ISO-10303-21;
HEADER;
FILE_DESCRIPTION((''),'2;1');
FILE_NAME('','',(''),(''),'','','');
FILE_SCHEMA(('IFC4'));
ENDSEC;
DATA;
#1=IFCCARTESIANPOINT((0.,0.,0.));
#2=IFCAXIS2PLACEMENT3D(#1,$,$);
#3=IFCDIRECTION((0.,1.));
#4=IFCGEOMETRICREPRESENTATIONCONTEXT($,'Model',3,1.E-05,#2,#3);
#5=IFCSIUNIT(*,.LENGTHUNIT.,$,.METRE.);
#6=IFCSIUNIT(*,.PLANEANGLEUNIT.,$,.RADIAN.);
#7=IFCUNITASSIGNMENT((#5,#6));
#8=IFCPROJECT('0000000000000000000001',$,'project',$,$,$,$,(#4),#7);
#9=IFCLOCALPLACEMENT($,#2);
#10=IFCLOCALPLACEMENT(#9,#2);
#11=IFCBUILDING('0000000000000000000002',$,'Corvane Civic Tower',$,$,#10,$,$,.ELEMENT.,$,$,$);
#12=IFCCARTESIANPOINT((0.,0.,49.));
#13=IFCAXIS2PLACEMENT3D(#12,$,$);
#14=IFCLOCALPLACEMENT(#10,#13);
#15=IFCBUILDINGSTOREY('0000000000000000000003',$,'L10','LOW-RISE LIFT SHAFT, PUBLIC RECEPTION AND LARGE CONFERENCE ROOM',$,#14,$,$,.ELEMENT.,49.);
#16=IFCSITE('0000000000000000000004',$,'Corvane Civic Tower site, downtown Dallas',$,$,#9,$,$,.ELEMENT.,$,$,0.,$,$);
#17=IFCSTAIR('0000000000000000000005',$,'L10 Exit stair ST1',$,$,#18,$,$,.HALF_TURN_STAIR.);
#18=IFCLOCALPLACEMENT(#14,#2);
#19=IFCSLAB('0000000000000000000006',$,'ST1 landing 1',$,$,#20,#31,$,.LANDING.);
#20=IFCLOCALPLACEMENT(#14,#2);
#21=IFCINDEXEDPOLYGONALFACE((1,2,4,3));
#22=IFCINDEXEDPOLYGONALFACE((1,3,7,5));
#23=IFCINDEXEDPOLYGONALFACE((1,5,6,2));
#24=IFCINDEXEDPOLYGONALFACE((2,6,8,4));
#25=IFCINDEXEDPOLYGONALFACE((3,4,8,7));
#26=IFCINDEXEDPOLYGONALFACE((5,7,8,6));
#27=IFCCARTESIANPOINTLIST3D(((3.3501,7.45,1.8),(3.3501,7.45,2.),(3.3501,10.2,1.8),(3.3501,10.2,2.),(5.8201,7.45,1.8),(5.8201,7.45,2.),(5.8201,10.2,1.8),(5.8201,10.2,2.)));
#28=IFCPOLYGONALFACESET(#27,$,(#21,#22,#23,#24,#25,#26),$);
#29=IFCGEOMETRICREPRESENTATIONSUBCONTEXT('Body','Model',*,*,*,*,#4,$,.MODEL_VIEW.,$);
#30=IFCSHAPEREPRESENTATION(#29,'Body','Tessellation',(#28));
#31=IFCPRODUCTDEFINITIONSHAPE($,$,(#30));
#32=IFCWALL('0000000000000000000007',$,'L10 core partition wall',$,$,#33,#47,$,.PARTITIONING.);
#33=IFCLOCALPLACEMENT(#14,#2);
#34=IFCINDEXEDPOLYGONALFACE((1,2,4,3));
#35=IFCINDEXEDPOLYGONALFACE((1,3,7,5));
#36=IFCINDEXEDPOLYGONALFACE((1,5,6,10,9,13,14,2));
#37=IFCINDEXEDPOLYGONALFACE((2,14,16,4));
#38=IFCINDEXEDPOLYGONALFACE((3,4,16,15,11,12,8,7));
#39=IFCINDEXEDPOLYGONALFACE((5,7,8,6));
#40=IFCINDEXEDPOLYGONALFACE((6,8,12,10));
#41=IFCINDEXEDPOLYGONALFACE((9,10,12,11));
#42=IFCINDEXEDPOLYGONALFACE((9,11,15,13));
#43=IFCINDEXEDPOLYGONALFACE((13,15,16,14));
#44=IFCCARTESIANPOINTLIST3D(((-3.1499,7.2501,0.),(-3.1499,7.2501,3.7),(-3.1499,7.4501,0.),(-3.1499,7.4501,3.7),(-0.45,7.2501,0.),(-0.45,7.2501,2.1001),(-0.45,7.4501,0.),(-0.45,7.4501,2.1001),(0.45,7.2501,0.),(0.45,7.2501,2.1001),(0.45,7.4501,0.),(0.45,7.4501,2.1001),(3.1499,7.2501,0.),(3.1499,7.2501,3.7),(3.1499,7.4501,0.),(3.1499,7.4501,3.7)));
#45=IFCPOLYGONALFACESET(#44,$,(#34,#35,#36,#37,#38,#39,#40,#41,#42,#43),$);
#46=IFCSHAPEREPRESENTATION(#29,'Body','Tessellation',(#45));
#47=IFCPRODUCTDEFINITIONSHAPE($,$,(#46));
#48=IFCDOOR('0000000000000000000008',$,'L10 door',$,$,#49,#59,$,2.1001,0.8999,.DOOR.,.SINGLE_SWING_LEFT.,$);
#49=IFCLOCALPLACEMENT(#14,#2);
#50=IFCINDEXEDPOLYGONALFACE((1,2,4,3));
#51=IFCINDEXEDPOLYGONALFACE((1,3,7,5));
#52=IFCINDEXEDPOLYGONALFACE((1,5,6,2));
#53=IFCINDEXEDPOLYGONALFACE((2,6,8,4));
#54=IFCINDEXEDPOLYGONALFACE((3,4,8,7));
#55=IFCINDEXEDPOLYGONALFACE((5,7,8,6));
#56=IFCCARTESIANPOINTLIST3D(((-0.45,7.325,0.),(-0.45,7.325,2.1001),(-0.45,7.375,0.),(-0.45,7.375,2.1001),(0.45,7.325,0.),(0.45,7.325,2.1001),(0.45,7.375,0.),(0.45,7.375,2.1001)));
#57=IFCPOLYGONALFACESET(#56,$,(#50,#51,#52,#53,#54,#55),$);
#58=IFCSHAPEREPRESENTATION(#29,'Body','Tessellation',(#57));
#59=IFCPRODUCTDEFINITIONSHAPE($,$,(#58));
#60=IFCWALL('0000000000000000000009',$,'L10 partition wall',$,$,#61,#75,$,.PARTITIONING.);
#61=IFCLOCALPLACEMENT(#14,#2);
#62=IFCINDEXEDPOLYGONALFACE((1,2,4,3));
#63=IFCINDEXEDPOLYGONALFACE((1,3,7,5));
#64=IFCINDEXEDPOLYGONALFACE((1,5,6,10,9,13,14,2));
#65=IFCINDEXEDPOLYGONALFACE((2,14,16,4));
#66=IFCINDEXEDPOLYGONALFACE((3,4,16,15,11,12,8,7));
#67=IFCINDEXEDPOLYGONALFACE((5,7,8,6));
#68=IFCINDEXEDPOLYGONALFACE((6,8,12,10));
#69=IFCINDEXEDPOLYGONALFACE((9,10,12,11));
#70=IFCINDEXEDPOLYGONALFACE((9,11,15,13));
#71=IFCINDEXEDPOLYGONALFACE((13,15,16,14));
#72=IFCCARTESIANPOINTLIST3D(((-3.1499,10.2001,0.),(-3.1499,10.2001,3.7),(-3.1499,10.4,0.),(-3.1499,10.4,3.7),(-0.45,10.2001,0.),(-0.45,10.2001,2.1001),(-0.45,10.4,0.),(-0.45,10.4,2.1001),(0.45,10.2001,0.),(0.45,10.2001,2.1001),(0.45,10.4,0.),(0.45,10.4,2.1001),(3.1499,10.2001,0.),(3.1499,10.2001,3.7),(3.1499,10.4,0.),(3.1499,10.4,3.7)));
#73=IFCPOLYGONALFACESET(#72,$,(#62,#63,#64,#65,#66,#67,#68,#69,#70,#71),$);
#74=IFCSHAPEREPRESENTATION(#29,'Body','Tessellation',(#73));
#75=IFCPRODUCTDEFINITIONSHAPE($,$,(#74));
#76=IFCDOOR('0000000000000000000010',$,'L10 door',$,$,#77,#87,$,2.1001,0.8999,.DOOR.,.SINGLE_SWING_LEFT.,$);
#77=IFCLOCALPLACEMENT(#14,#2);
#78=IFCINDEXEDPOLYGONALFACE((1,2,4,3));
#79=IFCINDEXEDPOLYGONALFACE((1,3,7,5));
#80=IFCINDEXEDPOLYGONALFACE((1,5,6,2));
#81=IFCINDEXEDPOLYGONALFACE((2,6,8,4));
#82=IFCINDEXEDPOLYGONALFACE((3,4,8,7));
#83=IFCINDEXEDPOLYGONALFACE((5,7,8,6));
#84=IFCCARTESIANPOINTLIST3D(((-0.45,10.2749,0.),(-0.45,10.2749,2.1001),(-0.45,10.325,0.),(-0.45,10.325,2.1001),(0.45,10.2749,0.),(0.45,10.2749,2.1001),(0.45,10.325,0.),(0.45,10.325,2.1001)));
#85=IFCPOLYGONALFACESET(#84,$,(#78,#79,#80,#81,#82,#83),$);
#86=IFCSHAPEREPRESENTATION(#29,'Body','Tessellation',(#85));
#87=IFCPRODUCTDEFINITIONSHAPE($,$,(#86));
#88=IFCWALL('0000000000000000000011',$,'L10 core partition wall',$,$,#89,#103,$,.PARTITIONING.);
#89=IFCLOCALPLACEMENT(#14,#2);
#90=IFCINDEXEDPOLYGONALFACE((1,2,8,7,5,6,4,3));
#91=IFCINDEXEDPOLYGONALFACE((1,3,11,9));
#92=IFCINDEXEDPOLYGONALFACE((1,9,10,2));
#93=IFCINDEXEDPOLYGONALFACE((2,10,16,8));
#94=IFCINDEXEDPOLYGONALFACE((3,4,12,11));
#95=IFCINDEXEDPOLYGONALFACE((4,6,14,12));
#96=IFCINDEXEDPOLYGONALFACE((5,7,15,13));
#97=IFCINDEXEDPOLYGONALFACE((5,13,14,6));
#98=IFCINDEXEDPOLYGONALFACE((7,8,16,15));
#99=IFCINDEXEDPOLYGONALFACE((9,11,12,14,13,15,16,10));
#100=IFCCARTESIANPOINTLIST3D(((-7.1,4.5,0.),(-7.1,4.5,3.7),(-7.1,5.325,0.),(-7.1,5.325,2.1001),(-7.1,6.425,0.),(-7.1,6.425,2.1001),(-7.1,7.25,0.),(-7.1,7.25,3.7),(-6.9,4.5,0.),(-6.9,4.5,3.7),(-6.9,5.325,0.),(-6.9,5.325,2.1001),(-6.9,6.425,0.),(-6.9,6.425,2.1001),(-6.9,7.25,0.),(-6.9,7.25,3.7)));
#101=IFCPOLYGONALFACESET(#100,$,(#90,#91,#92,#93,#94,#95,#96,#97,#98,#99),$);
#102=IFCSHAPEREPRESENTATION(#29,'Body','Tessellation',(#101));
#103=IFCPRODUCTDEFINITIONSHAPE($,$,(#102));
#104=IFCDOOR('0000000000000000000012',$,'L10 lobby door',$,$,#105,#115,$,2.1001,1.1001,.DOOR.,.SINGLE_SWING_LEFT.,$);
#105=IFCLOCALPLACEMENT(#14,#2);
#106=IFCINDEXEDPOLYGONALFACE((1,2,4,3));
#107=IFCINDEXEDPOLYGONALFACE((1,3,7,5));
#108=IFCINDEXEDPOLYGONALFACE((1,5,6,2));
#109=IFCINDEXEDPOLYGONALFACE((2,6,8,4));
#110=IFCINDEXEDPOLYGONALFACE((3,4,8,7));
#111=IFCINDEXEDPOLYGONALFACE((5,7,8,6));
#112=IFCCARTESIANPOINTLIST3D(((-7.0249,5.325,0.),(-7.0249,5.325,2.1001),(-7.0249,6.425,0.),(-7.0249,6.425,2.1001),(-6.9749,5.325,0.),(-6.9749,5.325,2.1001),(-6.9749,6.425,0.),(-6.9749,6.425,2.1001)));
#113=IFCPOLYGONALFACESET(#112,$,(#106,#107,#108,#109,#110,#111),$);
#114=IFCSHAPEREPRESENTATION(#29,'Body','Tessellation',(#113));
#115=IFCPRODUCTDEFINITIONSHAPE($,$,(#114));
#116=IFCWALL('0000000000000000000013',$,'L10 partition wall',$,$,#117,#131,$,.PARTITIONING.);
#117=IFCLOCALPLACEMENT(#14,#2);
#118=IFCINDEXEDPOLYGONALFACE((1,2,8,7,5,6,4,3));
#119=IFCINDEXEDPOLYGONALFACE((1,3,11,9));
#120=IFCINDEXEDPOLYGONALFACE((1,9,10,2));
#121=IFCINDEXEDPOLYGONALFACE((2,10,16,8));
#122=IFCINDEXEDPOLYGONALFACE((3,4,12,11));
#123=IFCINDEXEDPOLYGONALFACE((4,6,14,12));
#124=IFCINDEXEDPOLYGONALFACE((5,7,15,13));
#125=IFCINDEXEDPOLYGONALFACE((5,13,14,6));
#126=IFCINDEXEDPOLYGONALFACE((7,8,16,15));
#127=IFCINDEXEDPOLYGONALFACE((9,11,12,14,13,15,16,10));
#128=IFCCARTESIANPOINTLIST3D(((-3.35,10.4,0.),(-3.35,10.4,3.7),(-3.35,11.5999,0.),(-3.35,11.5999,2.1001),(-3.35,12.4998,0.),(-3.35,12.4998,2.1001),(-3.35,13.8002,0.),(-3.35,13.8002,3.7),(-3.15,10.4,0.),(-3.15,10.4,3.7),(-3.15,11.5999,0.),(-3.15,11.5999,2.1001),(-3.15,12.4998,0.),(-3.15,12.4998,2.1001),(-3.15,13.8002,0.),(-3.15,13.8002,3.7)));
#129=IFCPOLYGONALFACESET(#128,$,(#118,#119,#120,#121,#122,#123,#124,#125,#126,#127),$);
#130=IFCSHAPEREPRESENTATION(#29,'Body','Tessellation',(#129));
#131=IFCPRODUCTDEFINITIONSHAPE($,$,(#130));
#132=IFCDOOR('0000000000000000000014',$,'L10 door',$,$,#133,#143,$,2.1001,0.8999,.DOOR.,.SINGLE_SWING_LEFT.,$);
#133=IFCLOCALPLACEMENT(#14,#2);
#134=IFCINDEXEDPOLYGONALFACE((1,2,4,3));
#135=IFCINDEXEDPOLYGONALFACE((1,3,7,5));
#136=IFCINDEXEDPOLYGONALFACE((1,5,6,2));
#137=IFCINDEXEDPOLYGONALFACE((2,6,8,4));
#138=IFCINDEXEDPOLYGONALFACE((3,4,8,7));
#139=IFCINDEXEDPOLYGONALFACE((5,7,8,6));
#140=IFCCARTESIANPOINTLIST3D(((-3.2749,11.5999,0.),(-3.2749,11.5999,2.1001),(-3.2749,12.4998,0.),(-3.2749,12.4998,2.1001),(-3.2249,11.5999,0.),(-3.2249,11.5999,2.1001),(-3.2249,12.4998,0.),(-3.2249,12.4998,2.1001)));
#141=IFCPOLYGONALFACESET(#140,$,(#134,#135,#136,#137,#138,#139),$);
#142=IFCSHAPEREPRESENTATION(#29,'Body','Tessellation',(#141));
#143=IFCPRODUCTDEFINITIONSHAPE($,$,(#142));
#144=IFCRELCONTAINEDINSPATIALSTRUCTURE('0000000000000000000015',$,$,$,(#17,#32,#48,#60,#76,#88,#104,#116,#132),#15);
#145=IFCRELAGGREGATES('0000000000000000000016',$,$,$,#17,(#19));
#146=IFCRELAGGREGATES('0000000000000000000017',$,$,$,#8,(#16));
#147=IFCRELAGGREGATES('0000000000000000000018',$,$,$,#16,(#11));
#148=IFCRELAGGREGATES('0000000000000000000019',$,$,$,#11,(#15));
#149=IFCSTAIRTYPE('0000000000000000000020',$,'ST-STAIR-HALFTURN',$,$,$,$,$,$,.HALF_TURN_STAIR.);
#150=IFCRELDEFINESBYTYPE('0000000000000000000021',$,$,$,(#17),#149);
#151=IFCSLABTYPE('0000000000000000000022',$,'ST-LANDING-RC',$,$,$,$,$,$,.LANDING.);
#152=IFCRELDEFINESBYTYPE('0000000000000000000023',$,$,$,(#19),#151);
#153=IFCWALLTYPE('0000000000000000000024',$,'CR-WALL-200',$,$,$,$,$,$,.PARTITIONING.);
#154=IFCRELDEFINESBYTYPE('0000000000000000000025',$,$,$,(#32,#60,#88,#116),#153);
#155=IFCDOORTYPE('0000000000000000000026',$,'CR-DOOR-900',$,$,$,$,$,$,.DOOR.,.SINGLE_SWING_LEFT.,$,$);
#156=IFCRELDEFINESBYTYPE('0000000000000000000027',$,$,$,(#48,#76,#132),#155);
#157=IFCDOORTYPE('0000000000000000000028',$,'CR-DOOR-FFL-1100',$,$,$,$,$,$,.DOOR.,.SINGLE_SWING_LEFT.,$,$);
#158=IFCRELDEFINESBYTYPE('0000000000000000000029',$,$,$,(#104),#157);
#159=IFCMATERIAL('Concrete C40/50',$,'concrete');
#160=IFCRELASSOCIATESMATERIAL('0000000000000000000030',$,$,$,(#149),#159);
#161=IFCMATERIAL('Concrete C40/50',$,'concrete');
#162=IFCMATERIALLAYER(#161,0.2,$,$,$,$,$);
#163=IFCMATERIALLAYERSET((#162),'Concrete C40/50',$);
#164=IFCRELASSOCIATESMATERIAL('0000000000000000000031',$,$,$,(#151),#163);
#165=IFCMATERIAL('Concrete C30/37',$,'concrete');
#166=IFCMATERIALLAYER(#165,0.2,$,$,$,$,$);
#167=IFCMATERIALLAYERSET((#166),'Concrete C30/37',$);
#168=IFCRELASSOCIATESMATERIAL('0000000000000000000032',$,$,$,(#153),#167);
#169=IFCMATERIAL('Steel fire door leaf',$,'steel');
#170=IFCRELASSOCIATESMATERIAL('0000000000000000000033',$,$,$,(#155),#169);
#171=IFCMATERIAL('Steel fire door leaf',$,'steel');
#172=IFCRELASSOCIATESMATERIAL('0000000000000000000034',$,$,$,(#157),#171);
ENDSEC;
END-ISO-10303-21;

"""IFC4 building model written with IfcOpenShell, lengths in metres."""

from ifc_helpers import new_model, si_unit, direction, frame, frame_2d, origin, place, context, subcontext, project, spatial, polyline, rectangle, outline, extrude, material, layer, layer_set, type_object, element, fill, aggregate, save


model = new_model("IFC4")

# Units and contexts
model_context = context("Model", 3, precision=1e-05, world=origin(), true_north=direction((0.0, 1.0)))
body_context = subcontext(model_context, "Body", "Model", "MODEL_VIEW")
ifc_project = project(units=[si_unit("LENGTHUNIT", "METRE"), si_unit("PLANEANGLEUNIT", "RADIAN")], contexts=[model_context])

# Site, building, storey
site_placement = place(None, origin())
site = spatial("IfcSite", under=ifc_project, at=site_placement, Name="Corvane Civic Tower site, downtown Dallas", CompositionType="ELEMENT", RefElevation=0.0)
building_placement = place(site_placement, origin())
building = spatial("IfcBuilding", under=site, at=building_placement, Name="Corvane Civic Tower", CompositionType="ELEMENT")
storey_placement = place(building_placement, frame((0.0, 0.0, 49.0)))
storey = spatial("IfcBuildingStorey", under=building, at=storey_placement, Name="L10", Description="LOW-RISE LIFT SHAFT, PUBLIC RECEPTION AND LARGE CONFERENCE ROOM", CompositionType="ELEMENT", Elevation=49.0)

# Stair, slab
ifc_material_1 = material(Name="Concrete C40/50", Category="concrete")
stair_type = type_object("IfcStairType", Name="ST-STAIR-HALFTURN", PredefinedType="HALF_TURN_STAIR", material=ifc_material_1)
stair_1_placement = place(storey_placement, origin())
stair_1 = element("IfcStair", 1, at=stair_1_placement, inside=storey, type_object=stair_type, Name="L10 Exit stair ST1", PredefinedType="HALF_TURN_STAIR")
ifc_material_2 = material(Name="Concrete C40/50", Category="concrete")
ifc_layer_1 = layer(ifc_material_2, 0.2)
ifc_layer_set_1 = layer_set([ifc_layer_1], Name="Concrete C40/50")
slab_type_1 = type_object("IfcSlabType", Name="ST-LANDING-RC", PredefinedType="LANDING", material=ifc_layer_set_1)
slab_1_placement = place(storey_placement, frame((0.0, 0.0, 1.8)))
slab_1 = element("IfcSlab", 2, at=slab_1_placement, type_object=slab_type_1, Name="ST1 landing 1", PredefinedType="LANDING", context=body_context, shape_type="SweptSolid", body=[
    extrude(outline(polyline([(5.8201, 10.2), (3.3501, 10.2), (3.3501, 7.45), (5.8201, 7.45), (5.8201, 10.2)])), origin(), (0.0, 0.0, 1.0), 0.2),
])
aggregate(stair_1, [slab_1])

# Walls, openings, doors
ifc_material_3 = material(Name="Concrete C30/37", Category="concrete")
ifc_layer_2 = layer(ifc_material_3, 0.2)
ifc_layer_set_2 = layer_set([ifc_layer_2], Name="Concrete C30/37")
wall_type = type_object("IfcWallType", Name="CR-WALL-200", PredefinedType="PARTITIONING", material=ifc_layer_set_2)
wall_1_placement = place(storey_placement, frame((-3.1499, 7.3501, 0.0), z_axis=(0.0, 0.0, 1.0), x_axis=(1.0, 0.0, 0.0)))
wall_1 = element("IfcWall", 3, at=wall_1_placement, inside=storey, type_object=wall_type, Name="L10 core partition wall", PredefinedType="PARTITIONING", context=body_context, shape_type="SweptSolid", body=[
    extrude(rectangle(XDim=6.2998, YDim=0.2, at=frame_2d((3.1499, 0.0))), origin(), (0.0, 0.0, 1.0), 3.7),
])
opening_1_placement = place(wall_1_placement, frame((2.7, 0.0, 0.0)))
opening_1 = element("IfcOpeningElement", 4, at=opening_1_placement, cuts=wall_1, PredefinedType="OPENING", context=body_context, shape_type="SweptSolid", body=[
    extrude(rectangle(XDim=0.8999, YDim=2.1001, at=frame_2d((0.45, 1.05))), frame((0.0, 0.1099, 0.0), z_axis=(0.0, -1.0, 0.0), x_axis=(1.0, 0.0, 0.0)), (0.0, 0.0, 1.0), 0.22),
])
ifc_material_4 = material(Name="Steel fire door leaf", Category="steel")
door_type_1 = type_object("IfcDoorType", Name="CR-DOOR-900", OperationType="SINGLE_SWING_LEFT", PredefinedType="DOOR", material=ifc_material_4)
door_1_placement = place(opening_1_placement, origin())
door_1 = element("IfcDoor", 5, at=door_1_placement, inside=storey, type_object=door_type_1, Name="L10 door", OperationType="SINGLE_SWING_LEFT", OverallHeight=2.1001, OverallWidth=0.8999, PredefinedType="DOOR", context=body_context, shape_type="SweptSolid", body=[
    extrude(rectangle(XDim=0.8999, YDim=2.1001, at=frame_2d((0.45, 1.05))), frame((0.0, 0.0249, 0.0), z_axis=(0.0, -1.0, 0.0), x_axis=(1.0, 0.0, 0.0)), (0.0, 0.0, 1.0), 0.05),
])
fill(opening_1, door_1)
wall_2_placement = place(storey_placement, frame((-3.1499, 10.3, 0.0), z_axis=(0.0, 0.0, 1.0), x_axis=(1.0, 0.0, 0.0)))
wall_2 = element("IfcWall", 6, at=wall_2_placement, inside=storey, type_object=wall_type, Name="L10 partition wall", PredefinedType="PARTITIONING", context=body_context, shape_type="SweptSolid", body=[
    extrude(rectangle(XDim=6.2998, YDim=0.2, at=frame_2d((3.1499, 0.0))), origin(), (0.0, 0.0, 1.0), 3.7),
])
opening_2_placement = place(wall_2_placement, frame((2.7, 0.0, 0.0)))
opening_2 = element("IfcOpeningElement", 7, at=opening_2_placement, cuts=wall_2, PredefinedType="OPENING", context=body_context, shape_type="SweptSolid", body=[
    extrude(rectangle(XDim=0.8999, YDim=2.1001, at=frame_2d((0.45, 1.05))), frame((0.0, 0.1099, 0.0), z_axis=(0.0, -1.0, 0.0), x_axis=(1.0, 0.0, 0.0)), (0.0, 0.0, 1.0), 0.22),
])
door_2_placement = place(opening_2_placement, origin())
door_2 = element("IfcDoor", 8, at=door_2_placement, inside=storey, type_object=door_type_1, Name="L10 door", OperationType="SINGLE_SWING_LEFT", OverallHeight=2.1001, OverallWidth=0.8999, PredefinedType="DOOR", context=body_context, shape_type="SweptSolid", body=[
    extrude(rectangle(XDim=0.8999, YDim=2.1001, at=frame_2d((0.45, 1.05))), frame((0.0, 0.0249, 0.0), z_axis=(0.0, -1.0, 0.0), x_axis=(1.0, 0.0, 0.0)), (0.0, 0.0, 1.0), 0.05),
])
fill(opening_2, door_2)
wall_3_placement = place(storey_placement, frame((-7.0, 4.5, 0.0), z_axis=(0.0, 0.0, 1.0), x_axis=(0.0, 1.0, 0.0)))
wall_3 = element("IfcWall", 9, at=wall_3_placement, inside=storey, type_object=wall_type, Name="L10 core partition wall", PredefinedType="PARTITIONING", context=body_context, shape_type="SweptSolid", body=[
    extrude(rectangle(XDim=2.75, YDim=0.2, at=frame_2d((1.375, 0.0))), origin(), (0.0, 0.0, 1.0), 3.7),
])
opening_3_placement = place(wall_3_placement, frame((0.825, 0.0, 0.0)))
opening_3 = element("IfcOpeningElement", 10, at=opening_3_placement, cuts=wall_3, PredefinedType="OPENING", context=body_context, shape_type="SweptSolid", body=[
    extrude(rectangle(XDim=1.1001, YDim=2.1001, at=frame_2d((0.55, 1.05))), frame((0.0, 0.1099, 0.0), z_axis=(0.0, -1.0, 0.0), x_axis=(1.0, 0.0, 0.0)), (0.0, 0.0, 1.0), 0.22),
])
ifc_material_5 = material(Name="Steel fire door leaf", Category="steel")
door_type_2 = type_object("IfcDoorType", Name="CR-DOOR-FFL-1100", OperationType="SINGLE_SWING_LEFT", PredefinedType="DOOR", material=ifc_material_5)
door_3_placement = place(opening_3_placement, origin())
door_3 = element("IfcDoor", 11, at=door_3_placement, inside=storey, type_object=door_type_2, Name="L10 lobby door", OperationType="SINGLE_SWING_LEFT", OverallHeight=2.1001, OverallWidth=1.1001, PredefinedType="DOOR", context=body_context, shape_type="SweptSolid", body=[
    extrude(rectangle(XDim=1.1001, YDim=2.1001, at=frame_2d((0.55, 1.05))), frame((0.0, 0.0249, 0.0), z_axis=(0.0, -1.0, 0.0), x_axis=(1.0, 0.0, 0.0)), (0.0, 0.0, 1.0), 0.05),
])
fill(opening_3, door_3)
wall_4_placement = place(storey_placement, frame((-3.25, 10.3999, 0.0), z_axis=(0.0, 0.0, 1.0), x_axis=(0.0, 1.0, 0.0)))
wall_4 = element("IfcWall", 12, at=wall_4_placement, inside=storey, type_object=wall_type, Name="L10 partition wall", PredefinedType="PARTITIONING", context=body_context, shape_type="SweptSolid", body=[
    extrude(rectangle(XDim=3.4001, YDim=0.2, at=frame_2d((1.7002, 0.0))), origin(), (0.0, 0.0, 1.0), 3.7),
])
opening_4_placement = place(wall_4_placement, frame((1.2, 0.0, 0.0)))
opening_4 = element("IfcOpeningElement", 13, at=opening_4_placement, cuts=wall_4, PredefinedType="OPENING", context=body_context, shape_type="SweptSolid", body=[
    extrude(rectangle(XDim=0.8999, YDim=2.1001, at=frame_2d((0.45, 1.05))), frame((0.0, 0.1099, 0.0), z_axis=(0.0, -1.0, 0.0), x_axis=(1.0, 0.0, 0.0)), (0.0, 0.0, 1.0), 0.22),
])
door_4_placement = place(opening_4_placement, origin())
door_4 = element("IfcDoor", 14, at=door_4_placement, inside=storey, type_object=door_type_1, Name="L10 door", OperationType="SINGLE_SWING_LEFT", OverallHeight=2.1001, OverallWidth=0.8999, PredefinedType="DOOR", context=body_context, shape_type="SweptSolid", body=[
    extrude(rectangle(XDim=0.8999, YDim=2.1001, at=frame_2d((0.45, 1.05))), frame((0.0, 0.0249, 0.0), z_axis=(0.0, -1.0, 0.0), x_axis=(1.0, 0.0, 0.0)), (0.0, 0.0, 1.0), 0.05),
])
fill(opening_4, door_4)

save(model, "model.ifc")
